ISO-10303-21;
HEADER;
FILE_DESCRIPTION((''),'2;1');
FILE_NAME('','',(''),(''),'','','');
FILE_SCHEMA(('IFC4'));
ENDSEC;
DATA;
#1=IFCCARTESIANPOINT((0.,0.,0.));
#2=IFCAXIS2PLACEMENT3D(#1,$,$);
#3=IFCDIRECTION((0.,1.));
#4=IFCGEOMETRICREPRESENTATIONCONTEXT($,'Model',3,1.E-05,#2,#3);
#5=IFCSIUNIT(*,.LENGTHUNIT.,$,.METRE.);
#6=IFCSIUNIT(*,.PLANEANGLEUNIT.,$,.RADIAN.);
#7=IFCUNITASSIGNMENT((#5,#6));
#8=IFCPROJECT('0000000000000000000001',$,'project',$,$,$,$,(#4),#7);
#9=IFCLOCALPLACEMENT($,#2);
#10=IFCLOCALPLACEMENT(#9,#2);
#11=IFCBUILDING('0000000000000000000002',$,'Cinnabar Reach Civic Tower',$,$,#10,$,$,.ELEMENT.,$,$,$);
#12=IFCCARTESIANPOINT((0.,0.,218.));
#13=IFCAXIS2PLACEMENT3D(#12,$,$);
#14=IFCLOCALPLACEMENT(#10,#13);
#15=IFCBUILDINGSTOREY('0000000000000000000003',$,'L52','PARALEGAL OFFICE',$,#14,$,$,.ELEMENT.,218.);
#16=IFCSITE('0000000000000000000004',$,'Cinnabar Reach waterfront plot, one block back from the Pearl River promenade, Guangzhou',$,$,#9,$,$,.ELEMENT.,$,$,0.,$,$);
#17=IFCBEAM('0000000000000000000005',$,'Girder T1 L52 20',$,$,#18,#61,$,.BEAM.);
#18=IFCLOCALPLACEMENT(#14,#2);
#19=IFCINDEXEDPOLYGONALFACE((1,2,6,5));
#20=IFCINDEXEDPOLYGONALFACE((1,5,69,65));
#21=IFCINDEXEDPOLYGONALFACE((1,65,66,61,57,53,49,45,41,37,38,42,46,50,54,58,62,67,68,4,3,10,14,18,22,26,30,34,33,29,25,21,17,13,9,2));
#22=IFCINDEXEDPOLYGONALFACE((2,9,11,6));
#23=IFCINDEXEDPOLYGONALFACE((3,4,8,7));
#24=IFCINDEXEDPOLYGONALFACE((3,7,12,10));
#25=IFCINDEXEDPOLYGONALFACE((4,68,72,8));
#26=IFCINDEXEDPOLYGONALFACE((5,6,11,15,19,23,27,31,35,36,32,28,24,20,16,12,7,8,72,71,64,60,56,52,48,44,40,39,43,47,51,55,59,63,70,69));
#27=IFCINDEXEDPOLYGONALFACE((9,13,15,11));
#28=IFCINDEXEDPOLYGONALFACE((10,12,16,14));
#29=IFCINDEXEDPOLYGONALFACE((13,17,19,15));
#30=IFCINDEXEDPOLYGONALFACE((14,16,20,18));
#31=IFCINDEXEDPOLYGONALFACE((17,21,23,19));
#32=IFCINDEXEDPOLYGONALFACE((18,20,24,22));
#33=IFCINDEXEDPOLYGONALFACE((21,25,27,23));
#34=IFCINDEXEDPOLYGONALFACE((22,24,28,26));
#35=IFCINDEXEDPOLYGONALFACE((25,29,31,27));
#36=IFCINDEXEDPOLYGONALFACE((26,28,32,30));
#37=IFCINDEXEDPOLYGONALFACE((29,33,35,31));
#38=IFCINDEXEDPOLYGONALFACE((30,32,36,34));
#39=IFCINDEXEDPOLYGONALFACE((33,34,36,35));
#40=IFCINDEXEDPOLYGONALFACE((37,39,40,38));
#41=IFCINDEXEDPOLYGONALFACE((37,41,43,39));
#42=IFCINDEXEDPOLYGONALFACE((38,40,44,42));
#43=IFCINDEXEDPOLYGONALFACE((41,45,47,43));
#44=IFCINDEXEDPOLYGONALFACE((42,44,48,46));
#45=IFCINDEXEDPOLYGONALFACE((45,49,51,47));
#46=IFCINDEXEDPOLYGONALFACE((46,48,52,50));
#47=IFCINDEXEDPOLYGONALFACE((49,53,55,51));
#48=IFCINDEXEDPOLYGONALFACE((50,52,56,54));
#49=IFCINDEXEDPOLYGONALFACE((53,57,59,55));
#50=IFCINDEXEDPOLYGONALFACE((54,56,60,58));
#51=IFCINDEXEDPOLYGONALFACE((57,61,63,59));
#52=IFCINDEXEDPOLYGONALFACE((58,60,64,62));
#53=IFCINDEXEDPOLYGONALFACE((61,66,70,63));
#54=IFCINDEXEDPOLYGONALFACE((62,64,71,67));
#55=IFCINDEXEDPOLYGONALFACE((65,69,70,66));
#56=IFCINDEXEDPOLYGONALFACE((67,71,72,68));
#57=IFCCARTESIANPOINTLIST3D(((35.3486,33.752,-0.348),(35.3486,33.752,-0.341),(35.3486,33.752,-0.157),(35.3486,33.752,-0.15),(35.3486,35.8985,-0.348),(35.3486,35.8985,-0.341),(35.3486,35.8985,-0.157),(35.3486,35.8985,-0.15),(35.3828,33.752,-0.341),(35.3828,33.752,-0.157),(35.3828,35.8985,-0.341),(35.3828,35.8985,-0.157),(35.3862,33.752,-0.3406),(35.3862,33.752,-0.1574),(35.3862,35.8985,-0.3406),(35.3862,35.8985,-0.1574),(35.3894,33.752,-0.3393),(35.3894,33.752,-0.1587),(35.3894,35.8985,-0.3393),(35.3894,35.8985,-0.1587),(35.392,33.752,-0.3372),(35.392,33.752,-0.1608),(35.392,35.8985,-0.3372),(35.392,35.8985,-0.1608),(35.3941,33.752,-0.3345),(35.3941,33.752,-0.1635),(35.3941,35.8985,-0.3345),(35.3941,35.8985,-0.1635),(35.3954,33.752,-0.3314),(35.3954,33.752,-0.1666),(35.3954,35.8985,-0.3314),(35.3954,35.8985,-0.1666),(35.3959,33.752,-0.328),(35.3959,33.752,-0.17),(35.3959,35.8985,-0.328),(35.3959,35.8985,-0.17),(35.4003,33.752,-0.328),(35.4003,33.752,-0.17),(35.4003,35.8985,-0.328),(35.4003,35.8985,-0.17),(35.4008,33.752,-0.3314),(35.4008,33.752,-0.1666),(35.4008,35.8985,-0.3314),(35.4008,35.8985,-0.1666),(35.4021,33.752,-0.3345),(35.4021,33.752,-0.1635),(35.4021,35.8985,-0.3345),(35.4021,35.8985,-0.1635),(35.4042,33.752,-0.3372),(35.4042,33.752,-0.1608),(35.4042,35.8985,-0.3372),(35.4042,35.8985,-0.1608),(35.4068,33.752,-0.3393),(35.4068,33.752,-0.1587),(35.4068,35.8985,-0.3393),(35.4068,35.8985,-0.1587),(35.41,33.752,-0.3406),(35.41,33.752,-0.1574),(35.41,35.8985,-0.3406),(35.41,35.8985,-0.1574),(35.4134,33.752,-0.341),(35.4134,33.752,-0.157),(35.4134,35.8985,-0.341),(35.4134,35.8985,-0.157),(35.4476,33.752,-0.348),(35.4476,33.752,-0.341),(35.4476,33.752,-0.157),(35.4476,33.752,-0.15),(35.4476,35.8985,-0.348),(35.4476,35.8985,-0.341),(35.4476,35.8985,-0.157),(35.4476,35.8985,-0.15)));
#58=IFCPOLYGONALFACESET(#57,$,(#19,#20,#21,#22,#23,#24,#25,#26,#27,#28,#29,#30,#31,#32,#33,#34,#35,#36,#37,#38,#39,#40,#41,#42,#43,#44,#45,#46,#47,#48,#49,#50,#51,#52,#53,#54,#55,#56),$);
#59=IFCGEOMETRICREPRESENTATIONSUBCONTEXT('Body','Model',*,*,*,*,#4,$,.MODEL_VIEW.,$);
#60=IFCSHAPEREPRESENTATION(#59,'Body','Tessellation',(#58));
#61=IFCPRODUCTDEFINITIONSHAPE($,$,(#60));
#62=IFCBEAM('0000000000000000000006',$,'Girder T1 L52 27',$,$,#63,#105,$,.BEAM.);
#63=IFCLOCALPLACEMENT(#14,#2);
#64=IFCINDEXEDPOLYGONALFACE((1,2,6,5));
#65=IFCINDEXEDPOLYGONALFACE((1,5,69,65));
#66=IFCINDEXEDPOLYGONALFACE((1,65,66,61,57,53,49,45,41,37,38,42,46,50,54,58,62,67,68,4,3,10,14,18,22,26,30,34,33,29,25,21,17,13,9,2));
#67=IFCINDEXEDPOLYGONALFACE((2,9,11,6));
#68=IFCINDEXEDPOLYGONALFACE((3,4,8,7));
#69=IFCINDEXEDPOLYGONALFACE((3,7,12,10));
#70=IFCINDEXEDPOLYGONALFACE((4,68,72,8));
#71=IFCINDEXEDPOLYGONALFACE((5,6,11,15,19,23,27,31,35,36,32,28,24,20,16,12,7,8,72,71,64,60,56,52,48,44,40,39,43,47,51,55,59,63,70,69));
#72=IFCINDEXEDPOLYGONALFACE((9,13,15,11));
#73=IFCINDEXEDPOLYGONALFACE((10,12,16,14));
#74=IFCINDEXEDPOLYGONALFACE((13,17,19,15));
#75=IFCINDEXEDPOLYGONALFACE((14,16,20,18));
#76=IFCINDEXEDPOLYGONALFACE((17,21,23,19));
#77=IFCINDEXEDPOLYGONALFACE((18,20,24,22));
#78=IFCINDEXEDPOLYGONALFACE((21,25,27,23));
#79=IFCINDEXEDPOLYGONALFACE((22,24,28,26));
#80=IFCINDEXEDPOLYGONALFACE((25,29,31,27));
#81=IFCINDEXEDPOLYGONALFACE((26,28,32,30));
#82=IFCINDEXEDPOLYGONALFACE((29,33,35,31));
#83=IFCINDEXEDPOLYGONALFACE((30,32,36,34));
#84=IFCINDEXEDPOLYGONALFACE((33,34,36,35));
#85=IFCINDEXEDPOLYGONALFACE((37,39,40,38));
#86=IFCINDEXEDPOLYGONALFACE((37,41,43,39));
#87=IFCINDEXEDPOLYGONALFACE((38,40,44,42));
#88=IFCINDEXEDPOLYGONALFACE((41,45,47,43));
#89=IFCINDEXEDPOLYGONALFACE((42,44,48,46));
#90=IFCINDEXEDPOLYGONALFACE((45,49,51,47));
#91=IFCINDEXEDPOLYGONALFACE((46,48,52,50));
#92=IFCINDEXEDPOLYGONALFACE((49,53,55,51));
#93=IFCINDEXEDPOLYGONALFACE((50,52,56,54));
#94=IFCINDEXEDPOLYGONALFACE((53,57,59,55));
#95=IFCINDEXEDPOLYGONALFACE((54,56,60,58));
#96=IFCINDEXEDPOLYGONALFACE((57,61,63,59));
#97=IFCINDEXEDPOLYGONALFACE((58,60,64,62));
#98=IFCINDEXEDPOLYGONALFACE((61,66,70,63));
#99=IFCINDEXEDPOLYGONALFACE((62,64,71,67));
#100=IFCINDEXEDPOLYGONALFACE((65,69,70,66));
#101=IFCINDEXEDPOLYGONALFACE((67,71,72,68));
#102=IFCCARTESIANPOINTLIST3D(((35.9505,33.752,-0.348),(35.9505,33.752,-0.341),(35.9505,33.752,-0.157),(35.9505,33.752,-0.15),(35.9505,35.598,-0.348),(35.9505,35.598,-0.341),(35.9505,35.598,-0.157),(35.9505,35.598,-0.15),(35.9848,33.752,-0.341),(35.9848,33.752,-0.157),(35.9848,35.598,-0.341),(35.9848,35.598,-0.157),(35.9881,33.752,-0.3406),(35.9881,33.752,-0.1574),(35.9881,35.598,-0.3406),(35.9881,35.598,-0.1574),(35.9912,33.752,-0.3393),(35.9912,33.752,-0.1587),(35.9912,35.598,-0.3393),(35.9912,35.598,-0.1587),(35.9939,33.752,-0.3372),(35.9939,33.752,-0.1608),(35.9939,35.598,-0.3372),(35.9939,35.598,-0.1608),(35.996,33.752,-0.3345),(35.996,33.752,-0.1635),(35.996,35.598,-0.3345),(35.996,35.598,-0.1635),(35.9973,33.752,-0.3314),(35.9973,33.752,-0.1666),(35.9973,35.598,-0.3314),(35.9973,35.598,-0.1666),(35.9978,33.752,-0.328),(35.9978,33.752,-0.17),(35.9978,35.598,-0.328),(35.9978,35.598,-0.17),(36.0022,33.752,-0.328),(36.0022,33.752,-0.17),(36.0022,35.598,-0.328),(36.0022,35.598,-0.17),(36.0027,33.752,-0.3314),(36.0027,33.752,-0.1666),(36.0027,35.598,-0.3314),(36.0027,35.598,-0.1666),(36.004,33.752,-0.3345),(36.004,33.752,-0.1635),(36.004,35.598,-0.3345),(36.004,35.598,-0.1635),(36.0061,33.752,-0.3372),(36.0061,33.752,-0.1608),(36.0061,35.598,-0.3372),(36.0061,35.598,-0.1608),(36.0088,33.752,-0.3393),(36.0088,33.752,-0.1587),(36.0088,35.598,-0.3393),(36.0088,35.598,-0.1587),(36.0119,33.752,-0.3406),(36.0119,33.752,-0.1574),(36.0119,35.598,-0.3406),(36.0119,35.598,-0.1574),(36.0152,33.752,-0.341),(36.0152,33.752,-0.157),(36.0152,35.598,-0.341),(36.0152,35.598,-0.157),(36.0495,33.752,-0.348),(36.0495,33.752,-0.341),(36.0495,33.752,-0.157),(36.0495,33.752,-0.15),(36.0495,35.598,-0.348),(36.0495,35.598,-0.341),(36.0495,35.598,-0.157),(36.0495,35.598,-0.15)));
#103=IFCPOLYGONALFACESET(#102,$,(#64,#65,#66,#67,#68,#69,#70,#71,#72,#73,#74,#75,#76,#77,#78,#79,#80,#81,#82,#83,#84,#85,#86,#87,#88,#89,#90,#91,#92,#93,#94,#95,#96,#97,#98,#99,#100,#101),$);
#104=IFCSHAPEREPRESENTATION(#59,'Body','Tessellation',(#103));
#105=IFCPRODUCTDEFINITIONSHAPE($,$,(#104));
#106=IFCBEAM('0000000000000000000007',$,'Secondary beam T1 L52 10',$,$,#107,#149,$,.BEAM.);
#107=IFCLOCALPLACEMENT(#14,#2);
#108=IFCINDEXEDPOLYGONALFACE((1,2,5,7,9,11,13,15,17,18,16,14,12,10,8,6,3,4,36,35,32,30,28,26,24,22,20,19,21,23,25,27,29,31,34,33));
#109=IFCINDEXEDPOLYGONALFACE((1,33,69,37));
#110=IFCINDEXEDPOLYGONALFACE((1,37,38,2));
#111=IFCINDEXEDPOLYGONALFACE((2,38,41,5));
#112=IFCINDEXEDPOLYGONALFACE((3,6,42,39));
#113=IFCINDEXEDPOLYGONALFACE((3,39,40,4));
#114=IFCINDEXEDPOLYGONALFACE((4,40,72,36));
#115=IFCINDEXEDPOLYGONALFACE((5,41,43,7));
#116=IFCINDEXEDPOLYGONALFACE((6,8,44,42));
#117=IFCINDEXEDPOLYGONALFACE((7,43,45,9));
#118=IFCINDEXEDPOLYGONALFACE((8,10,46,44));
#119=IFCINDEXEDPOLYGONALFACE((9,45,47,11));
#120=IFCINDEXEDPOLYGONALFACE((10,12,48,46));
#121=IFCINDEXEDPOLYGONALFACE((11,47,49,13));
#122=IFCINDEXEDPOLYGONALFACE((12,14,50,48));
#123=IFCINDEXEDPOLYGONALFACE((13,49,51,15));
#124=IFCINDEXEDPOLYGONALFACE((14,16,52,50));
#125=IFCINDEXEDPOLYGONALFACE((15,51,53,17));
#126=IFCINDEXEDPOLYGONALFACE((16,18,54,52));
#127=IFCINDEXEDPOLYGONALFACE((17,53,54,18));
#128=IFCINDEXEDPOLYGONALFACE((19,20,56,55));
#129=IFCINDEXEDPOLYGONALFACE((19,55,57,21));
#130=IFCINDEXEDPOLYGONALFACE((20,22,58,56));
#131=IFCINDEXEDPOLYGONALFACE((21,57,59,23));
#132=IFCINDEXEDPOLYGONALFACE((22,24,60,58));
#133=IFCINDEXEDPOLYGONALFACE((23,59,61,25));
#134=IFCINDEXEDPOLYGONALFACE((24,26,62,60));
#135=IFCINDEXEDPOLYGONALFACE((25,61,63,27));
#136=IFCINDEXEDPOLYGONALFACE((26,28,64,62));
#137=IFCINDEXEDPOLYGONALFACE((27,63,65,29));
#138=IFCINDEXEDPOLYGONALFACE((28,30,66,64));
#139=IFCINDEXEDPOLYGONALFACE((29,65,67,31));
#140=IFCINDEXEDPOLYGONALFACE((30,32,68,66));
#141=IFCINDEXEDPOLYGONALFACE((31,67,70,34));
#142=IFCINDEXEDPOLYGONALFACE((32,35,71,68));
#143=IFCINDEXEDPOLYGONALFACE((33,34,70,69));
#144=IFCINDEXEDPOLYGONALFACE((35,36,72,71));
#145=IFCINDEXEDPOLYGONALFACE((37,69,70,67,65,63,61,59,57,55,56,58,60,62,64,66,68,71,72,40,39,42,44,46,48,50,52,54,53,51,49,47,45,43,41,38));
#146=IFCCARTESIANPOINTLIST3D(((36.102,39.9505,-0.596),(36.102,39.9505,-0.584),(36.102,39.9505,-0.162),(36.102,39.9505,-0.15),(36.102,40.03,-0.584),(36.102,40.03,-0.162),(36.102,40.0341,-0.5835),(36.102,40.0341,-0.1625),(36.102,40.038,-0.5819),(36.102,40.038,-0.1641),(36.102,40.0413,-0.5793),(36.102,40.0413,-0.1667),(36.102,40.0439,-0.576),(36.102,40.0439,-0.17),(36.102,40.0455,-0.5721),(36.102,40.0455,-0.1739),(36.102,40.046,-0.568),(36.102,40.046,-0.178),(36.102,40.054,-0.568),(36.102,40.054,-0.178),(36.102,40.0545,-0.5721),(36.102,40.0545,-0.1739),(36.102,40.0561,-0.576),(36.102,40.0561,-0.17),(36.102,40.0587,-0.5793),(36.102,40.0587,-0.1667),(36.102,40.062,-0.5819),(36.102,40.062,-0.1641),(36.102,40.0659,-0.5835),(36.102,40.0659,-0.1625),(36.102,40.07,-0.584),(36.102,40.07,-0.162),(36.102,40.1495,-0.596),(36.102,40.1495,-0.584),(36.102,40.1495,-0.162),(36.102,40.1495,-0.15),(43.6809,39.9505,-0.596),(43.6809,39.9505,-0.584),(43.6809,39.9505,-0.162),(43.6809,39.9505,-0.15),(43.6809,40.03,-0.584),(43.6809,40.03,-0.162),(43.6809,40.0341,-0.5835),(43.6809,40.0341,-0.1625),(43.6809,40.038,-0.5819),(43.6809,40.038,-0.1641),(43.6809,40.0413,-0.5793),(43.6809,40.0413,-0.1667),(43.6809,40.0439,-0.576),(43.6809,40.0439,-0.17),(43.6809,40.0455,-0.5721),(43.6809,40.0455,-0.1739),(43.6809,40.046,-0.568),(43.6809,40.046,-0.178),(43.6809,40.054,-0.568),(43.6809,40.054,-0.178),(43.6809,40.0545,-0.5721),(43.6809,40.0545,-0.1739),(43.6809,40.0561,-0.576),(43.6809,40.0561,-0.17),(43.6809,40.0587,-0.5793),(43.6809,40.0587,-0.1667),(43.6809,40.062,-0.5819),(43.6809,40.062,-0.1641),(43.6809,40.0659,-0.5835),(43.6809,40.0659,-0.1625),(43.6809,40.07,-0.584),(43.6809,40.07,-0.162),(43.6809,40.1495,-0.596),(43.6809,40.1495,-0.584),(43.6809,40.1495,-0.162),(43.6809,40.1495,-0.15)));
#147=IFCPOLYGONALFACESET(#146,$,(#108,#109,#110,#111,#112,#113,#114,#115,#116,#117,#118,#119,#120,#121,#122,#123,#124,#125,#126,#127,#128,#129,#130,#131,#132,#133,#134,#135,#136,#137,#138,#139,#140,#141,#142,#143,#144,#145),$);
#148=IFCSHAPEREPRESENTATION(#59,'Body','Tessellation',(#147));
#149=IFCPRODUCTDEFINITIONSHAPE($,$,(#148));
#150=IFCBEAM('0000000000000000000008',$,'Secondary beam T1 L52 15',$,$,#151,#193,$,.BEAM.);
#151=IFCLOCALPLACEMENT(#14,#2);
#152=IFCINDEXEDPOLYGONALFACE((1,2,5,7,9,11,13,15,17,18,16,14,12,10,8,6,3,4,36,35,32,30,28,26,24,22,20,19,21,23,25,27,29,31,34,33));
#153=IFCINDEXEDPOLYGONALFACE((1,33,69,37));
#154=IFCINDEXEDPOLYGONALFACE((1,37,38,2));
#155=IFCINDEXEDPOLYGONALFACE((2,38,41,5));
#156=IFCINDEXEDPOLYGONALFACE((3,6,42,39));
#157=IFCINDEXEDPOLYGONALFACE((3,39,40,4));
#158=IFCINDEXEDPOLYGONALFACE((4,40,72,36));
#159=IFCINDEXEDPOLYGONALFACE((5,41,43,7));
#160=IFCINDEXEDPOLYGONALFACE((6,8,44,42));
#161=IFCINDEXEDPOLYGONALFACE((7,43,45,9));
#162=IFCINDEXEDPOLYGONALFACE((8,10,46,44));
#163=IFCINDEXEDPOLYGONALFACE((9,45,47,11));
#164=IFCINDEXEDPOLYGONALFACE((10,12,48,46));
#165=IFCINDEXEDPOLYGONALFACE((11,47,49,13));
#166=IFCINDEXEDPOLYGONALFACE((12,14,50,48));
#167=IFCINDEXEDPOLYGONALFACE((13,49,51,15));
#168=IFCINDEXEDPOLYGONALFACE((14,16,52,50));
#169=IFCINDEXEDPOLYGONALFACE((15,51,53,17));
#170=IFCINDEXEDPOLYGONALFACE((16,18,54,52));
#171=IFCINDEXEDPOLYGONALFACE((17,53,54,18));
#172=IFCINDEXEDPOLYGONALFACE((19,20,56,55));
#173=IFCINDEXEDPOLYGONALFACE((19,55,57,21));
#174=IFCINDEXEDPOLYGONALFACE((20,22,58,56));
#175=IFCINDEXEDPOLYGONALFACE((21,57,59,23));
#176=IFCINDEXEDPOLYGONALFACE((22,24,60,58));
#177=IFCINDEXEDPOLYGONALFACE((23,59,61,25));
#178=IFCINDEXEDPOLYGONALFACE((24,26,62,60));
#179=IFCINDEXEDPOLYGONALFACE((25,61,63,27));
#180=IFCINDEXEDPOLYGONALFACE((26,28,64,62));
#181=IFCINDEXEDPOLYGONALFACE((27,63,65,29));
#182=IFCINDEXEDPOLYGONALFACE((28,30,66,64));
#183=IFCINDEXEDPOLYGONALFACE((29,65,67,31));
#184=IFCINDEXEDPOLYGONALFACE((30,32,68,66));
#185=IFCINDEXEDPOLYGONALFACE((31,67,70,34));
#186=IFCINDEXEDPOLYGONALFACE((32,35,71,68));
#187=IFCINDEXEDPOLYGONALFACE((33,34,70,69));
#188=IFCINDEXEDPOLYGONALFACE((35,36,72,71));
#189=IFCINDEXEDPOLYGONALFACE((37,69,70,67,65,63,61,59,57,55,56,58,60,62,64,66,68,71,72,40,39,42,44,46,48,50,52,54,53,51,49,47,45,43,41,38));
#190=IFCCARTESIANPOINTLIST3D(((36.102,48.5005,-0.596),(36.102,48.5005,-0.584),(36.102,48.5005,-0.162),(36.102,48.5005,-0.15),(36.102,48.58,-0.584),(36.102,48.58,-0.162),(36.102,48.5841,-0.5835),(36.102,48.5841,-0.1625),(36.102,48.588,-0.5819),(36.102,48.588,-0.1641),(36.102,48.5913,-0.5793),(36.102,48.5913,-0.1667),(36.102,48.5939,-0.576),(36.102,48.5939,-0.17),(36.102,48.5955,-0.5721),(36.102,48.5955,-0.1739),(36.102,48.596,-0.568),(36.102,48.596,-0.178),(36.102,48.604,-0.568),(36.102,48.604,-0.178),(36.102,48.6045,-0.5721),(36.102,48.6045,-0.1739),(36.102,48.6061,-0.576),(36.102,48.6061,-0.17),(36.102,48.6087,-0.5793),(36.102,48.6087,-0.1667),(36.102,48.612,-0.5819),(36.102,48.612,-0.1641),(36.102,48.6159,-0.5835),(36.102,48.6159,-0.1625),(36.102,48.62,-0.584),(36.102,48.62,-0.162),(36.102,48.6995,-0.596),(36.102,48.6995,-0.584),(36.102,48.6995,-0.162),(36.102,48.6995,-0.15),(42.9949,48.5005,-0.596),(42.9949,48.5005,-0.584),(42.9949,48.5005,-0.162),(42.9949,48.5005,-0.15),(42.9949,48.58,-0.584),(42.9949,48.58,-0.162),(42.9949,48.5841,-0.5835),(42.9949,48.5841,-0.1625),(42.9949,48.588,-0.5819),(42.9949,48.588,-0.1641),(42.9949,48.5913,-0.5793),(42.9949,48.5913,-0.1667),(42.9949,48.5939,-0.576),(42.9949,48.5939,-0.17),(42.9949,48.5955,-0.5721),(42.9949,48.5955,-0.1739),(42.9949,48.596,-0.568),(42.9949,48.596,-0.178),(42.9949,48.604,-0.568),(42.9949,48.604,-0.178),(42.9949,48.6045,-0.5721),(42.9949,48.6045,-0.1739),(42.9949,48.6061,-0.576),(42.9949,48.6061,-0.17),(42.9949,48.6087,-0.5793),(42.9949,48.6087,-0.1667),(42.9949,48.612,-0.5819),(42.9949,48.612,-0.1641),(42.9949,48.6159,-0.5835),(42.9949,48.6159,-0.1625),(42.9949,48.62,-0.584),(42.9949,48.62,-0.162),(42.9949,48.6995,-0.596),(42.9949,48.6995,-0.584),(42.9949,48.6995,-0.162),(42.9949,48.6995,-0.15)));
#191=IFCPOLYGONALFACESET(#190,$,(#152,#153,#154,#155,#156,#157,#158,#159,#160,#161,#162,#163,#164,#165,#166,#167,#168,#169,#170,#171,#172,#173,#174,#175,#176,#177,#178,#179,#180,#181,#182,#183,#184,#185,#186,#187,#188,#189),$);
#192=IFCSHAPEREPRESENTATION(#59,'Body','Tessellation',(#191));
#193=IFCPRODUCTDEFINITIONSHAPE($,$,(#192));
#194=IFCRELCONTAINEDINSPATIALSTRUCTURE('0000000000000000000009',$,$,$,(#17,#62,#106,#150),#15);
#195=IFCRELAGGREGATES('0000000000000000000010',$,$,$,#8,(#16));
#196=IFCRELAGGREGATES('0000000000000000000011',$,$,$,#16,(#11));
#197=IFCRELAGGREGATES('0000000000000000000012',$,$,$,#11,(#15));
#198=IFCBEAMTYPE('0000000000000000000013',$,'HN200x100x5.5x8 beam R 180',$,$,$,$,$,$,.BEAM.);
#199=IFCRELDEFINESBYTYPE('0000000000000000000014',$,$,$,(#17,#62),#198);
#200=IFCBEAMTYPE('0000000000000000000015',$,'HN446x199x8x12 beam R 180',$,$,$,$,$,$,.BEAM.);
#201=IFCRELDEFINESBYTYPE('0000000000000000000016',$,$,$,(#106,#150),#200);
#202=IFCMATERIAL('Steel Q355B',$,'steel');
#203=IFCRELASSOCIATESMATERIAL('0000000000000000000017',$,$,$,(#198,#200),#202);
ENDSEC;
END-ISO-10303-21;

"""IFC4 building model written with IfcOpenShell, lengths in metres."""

from ifc_helpers import new_model, si_unit, direction, frame, origin, origin_2d, place, context, subcontext, project, spatial, i_section, extrude, material, material_profile, profile_set, type_object, element, save


model = new_model("IFC4")

# Units and contexts
model_context = context("Model", 3, precision=1e-05, world=origin(), true_north=direction((0.0, 1.0)))
body_context = subcontext(model_context, "Body", "Model", "MODEL_VIEW")
ifc_project = project(units=[si_unit("LENGTHUNIT", "METRE"), si_unit("PLANEANGLEUNIT", "RADIAN")], contexts=[model_context])

# Site, building, storey
site_placement = place(None, origin())
site = spatial("IfcSite", under=ifc_project, at=site_placement, Name="Cinnabar Reach waterfront plot, one block back from the Pearl River promenade, Guangzhou", CompositionType="ELEMENT", RefElevation=0.0)
building_placement = place(site_placement, origin())
building = spatial("IfcBuilding", under=site, at=building_placement, Name="Cinnabar Reach Civic Tower", CompositionType="ELEMENT")
storey_placement = place(building_placement, frame((0.0, 0.0, 218.0)))
storey = spatial("IfcBuildingStorey", under=building, at=storey_placement, Name="L52", Description="PARALEGAL OFFICE", CompositionType="ELEMENT", Elevation=218.0)

# Beams
ifc_material_1 = material(Name="Steel Q355B", Category="steel")
ifc_material_profile_1 = material_profile(ifc_material_1, i_section(OverallWidth=0.099, OverallDepth=0.198, WebThickness=0.0045, FlangeThickness=0.007, FilletRadius=0.013, at=origin_2d()), Name="HN200x100x5.5x8")
ifc_profile_set_1 = profile_set([ifc_material_profile_1], Name="Steel Q355B")
beam_type_1 = type_object("IfcBeamType", Name="HN200x100x5.5x8 beam R 180", PredefinedType="BEAM", material=ifc_profile_set_1)
beam_1_placement = place(storey_placement, frame((35.3981, 33.752, -0.249), z_axis=(0.0, 1.0, 0.0), x_axis=(-1.0, 0.0, 0.0)))
element("IfcBeam", 1, at=beam_1_placement, inside=storey, type_object=beam_type_1, Name="Girder T1 L52 20", PredefinedType="BEAM", context=body_context, shape_type="SweptSolid", body=[
    extrude(i_section(OverallWidth=0.099, OverallDepth=0.198, WebThickness=0.0045, FlangeThickness=0.007, FilletRadius=0.013, at=origin_2d()), origin(), (0.0, 0.0, 1.0), 2.1465),
])
beam_2_placement = place(storey_placement, frame((36.0, 33.752, -0.249), z_axis=(0.0, 1.0, 0.0), x_axis=(-1.0, 0.0, 0.0)))
element("IfcBeam", 2, at=beam_2_placement, inside=storey, type_object=beam_type_1, Name="Girder T1 L52 27", PredefinedType="BEAM", context=body_context, shape_type="SweptSolid", body=[
    extrude(i_section(OverallWidth=0.099, OverallDepth=0.198, WebThickness=0.0045, FlangeThickness=0.007, FilletRadius=0.013, at=origin_2d()), origin(), (0.0, 0.0, 1.0), 1.846),
])
ifc_material_profile_2 = material_profile(ifc_material_1, i_section(OverallWidth=0.199, OverallDepth=0.446, WebThickness=0.008, FlangeThickness=0.012, FilletRadius=0.016, at=origin_2d()), Name="HN446x199x8x12")
ifc_profile_set_2 = profile_set([ifc_material_profile_2], Name="Steel Q355B")
beam_type_2 = type_object("IfcBeamType", Name="HN446x199x8x12 beam R 180", PredefinedType="BEAM", material=ifc_profile_set_2)
beam_3_placement = place(storey_placement, frame((36.102, 40.05, -0.373), z_axis=(1.0, 0.0, 0.0), x_axis=(0.0, 1.0, 0.0)))
element("IfcBeam", 3, at=beam_3_placement, inside=storey, type_object=beam_type_2, Name="Secondary beam T1 L52 10", PredefinedType="BEAM", context=body_context, shape_type="SweptSolid", body=[
    extrude(i_section(OverallWidth=0.199, OverallDepth=0.446, WebThickness=0.008, FlangeThickness=0.012, FilletRadius=0.016, at=origin_2d()), origin(), (0.0, 0.0, 1.0), 7.5789),
])
beam_4_placement = place(storey_placement, frame((36.102, 48.6, -0.373), z_axis=(1.0, 0.0, 0.0), x_axis=(0.0, 1.0, 0.0)))
element("IfcBeam", 4, at=beam_4_placement, inside=storey, type_object=beam_type_2, Name="Secondary beam T1 L52 15", PredefinedType="BEAM", context=body_context, shape_type="SweptSolid", body=[
    extrude(i_section(OverallWidth=0.199, OverallDepth=0.446, WebThickness=0.008, FlangeThickness=0.012, FilletRadius=0.016, at=origin_2d()), origin(), (0.0, 0.0, 1.0), 6.8929),
])

save(model, "model.ifc")
